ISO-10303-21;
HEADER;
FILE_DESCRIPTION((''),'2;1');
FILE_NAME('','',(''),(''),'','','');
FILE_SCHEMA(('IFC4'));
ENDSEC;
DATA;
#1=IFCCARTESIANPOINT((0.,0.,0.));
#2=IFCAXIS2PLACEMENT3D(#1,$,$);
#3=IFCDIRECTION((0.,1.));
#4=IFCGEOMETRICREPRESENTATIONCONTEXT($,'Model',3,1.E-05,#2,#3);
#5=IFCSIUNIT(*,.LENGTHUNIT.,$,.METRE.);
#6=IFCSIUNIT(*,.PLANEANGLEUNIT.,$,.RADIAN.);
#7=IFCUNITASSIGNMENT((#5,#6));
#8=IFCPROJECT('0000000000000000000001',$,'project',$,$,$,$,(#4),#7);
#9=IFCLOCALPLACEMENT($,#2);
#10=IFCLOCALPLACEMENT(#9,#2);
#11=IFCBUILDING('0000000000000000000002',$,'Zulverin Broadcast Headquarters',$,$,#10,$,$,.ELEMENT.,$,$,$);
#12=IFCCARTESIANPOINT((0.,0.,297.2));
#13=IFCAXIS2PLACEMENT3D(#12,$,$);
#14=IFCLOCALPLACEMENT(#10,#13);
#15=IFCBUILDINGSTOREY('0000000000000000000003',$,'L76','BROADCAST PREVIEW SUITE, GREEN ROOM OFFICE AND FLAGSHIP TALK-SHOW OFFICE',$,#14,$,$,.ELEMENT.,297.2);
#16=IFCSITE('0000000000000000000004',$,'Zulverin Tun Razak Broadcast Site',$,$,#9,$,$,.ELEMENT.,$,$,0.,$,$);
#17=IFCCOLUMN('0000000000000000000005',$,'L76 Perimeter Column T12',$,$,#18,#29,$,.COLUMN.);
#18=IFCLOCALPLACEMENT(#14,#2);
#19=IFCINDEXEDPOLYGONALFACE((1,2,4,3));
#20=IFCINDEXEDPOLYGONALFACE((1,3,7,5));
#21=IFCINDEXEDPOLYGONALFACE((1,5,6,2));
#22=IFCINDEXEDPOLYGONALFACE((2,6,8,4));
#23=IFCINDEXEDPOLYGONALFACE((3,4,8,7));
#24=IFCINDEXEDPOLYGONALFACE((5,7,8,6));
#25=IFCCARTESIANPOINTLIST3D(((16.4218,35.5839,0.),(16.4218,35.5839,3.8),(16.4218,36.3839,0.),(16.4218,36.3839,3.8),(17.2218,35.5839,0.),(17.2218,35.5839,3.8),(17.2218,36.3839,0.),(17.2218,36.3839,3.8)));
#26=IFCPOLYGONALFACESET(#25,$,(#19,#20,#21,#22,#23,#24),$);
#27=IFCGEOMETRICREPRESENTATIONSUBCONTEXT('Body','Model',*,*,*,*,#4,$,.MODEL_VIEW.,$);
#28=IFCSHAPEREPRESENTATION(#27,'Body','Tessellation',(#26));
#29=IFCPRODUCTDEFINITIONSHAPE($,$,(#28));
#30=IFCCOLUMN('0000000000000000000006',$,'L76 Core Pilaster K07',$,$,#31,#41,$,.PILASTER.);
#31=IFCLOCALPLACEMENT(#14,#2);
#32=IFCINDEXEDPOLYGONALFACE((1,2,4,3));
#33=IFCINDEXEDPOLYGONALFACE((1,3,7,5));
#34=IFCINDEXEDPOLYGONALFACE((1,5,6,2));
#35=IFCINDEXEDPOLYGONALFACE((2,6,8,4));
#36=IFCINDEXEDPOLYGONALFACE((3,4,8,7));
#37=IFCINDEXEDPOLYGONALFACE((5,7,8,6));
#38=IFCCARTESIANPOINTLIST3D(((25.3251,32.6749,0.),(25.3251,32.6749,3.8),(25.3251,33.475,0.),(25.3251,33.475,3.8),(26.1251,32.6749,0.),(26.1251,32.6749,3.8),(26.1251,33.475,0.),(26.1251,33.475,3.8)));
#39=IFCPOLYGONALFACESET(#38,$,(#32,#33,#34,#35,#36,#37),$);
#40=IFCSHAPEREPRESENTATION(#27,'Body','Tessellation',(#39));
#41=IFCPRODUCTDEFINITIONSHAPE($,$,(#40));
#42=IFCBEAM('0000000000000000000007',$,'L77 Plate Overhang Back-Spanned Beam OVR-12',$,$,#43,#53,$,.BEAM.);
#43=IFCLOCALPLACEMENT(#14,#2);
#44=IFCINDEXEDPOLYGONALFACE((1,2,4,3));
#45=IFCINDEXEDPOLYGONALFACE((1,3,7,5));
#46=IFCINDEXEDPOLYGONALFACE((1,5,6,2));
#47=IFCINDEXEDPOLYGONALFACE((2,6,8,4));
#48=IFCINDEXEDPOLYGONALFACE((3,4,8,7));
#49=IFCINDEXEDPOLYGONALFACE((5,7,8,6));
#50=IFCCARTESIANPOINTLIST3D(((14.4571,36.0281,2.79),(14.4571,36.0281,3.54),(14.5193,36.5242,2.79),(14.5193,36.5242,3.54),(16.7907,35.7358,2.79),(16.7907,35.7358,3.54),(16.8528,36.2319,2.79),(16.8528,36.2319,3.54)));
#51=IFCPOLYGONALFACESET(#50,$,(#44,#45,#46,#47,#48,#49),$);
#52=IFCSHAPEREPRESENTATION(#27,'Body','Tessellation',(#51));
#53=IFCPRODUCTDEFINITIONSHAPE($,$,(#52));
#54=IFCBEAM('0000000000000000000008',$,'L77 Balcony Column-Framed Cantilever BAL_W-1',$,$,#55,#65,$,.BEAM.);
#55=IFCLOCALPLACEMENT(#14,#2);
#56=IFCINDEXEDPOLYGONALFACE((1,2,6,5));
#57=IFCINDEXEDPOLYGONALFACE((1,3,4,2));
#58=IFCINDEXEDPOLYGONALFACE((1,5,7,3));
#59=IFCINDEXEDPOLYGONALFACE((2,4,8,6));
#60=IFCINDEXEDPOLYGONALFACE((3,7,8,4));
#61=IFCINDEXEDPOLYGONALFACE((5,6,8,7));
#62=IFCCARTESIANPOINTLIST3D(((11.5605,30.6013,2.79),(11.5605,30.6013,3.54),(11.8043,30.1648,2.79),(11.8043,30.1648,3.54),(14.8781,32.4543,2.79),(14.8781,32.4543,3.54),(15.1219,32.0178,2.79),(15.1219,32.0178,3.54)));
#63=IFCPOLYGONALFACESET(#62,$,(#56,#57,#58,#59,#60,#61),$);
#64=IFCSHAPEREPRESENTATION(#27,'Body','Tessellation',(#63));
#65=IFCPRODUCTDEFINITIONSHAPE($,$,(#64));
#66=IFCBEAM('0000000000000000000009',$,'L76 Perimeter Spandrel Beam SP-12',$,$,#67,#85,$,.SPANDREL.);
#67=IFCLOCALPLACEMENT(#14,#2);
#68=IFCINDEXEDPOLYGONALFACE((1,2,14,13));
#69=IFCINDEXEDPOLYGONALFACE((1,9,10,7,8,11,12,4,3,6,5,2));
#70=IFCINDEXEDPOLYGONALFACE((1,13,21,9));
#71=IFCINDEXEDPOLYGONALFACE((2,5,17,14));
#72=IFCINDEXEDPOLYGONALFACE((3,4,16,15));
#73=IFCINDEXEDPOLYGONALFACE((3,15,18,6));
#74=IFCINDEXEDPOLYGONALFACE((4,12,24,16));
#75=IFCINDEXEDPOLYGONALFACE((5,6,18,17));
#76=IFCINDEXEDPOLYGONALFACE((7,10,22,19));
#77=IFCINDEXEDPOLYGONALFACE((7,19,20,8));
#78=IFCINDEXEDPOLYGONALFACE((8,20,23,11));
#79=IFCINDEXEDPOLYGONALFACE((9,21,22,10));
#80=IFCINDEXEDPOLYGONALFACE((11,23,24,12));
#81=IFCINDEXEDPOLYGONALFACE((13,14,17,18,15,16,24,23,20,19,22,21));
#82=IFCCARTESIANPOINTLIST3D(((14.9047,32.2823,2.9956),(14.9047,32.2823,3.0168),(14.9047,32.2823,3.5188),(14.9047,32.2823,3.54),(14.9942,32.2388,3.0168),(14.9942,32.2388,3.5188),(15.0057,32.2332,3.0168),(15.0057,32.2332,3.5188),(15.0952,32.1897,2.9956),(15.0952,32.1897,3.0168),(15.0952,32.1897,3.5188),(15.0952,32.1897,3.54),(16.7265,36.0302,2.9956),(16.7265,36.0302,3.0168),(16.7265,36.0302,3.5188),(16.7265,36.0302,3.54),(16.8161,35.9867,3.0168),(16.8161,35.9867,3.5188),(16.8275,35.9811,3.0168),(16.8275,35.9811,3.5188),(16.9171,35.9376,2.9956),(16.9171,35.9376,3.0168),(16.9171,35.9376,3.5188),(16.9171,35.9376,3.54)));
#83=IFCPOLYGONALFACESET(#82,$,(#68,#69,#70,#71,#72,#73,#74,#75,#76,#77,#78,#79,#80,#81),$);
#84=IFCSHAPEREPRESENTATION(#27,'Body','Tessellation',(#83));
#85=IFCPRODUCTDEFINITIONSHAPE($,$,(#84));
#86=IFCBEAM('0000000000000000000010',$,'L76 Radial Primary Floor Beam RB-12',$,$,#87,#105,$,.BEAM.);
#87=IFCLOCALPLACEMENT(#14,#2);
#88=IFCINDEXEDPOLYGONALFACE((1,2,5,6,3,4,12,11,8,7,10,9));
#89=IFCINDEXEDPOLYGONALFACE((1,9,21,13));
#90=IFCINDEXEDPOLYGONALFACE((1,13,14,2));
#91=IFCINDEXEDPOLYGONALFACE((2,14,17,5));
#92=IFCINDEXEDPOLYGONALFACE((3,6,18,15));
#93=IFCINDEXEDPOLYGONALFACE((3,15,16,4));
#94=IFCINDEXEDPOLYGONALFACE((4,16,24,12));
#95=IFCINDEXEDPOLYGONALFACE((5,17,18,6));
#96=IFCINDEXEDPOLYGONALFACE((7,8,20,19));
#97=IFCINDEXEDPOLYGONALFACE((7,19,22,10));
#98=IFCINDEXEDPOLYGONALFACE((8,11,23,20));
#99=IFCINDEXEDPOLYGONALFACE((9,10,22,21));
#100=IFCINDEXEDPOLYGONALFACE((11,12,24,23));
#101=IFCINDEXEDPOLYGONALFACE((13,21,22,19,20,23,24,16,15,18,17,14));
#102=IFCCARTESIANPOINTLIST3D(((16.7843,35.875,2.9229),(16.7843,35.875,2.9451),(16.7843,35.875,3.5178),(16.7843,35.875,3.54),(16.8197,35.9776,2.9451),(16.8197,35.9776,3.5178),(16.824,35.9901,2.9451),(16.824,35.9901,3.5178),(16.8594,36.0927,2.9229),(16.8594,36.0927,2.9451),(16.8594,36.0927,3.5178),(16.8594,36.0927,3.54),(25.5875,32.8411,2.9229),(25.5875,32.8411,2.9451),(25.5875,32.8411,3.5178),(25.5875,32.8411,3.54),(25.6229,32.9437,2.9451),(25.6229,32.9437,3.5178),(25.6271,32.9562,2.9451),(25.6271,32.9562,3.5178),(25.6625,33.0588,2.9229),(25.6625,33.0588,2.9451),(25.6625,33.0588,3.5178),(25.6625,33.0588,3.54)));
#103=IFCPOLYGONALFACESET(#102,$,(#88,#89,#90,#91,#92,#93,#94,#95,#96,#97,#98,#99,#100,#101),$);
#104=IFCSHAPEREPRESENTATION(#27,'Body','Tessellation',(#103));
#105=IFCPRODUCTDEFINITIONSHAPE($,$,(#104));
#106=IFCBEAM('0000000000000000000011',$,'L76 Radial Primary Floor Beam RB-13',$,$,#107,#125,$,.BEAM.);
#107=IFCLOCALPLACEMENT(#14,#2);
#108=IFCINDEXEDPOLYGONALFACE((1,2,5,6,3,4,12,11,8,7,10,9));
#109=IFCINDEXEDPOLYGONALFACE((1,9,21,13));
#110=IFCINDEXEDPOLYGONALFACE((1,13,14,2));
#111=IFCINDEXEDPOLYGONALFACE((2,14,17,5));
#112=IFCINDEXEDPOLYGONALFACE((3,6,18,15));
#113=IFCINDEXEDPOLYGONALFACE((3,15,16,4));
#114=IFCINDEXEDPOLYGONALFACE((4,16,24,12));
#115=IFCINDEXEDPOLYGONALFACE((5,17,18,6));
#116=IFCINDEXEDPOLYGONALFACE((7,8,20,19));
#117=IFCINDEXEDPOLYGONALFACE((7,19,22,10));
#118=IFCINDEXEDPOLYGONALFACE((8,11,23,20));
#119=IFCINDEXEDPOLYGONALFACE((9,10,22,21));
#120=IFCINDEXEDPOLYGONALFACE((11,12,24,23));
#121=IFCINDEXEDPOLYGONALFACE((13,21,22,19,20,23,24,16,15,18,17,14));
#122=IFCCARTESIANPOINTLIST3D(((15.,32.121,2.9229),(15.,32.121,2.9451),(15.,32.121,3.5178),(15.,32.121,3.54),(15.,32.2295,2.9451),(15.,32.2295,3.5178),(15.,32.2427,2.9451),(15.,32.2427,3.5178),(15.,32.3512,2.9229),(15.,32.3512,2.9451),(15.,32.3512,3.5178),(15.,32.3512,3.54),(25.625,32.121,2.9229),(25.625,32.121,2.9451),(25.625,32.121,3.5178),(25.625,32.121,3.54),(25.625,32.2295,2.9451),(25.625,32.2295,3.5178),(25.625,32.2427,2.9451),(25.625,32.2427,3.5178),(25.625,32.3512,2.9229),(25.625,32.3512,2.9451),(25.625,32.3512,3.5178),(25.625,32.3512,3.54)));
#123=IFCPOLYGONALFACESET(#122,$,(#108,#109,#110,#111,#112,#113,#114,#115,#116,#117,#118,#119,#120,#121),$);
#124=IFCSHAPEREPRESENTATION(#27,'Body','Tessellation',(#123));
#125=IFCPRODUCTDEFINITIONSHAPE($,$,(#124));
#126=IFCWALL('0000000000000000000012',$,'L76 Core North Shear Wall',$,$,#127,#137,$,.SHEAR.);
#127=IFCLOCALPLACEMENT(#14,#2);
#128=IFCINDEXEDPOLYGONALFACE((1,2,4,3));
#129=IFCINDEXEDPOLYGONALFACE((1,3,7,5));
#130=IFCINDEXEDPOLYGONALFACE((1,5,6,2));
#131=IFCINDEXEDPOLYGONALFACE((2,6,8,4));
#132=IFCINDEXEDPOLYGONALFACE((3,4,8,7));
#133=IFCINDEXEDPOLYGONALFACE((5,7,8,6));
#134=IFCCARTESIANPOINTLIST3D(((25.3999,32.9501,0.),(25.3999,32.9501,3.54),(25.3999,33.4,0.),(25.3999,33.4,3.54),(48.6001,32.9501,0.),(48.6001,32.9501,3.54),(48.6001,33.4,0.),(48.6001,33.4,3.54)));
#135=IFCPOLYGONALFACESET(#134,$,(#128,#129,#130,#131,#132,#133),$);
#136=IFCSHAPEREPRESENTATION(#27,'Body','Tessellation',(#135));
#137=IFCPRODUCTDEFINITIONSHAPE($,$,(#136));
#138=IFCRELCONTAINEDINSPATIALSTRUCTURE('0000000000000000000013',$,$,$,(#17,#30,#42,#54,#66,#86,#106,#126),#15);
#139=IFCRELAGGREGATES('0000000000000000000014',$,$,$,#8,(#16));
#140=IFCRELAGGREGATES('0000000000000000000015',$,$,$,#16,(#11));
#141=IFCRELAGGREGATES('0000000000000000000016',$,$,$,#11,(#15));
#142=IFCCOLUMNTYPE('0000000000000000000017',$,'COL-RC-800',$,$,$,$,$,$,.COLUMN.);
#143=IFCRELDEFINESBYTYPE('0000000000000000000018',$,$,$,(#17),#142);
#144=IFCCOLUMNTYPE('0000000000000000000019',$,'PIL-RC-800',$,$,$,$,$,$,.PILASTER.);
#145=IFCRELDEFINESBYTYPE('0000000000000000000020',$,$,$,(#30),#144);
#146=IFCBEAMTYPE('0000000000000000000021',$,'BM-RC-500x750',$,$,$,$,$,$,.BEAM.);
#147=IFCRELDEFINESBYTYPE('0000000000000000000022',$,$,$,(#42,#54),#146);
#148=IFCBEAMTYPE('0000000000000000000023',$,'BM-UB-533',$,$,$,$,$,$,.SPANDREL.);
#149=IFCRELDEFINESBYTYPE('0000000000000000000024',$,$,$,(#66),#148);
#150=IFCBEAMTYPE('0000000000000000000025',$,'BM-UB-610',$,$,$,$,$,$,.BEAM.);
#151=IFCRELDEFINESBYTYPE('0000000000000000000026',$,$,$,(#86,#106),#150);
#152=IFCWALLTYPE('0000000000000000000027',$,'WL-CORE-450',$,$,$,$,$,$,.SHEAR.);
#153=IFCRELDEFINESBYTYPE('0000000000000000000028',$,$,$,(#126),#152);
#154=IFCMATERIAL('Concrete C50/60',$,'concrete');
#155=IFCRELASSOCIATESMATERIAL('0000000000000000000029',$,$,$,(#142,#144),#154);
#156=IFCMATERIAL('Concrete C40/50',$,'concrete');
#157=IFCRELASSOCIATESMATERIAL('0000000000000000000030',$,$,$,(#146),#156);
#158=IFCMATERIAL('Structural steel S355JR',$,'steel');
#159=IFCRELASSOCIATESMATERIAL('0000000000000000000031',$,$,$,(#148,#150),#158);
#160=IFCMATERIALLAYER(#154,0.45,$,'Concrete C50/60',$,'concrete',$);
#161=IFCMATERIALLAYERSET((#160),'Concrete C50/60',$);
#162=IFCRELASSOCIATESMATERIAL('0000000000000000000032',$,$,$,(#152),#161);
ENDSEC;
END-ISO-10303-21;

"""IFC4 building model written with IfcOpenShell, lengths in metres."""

from ifc_helpers import new_model, si_unit, direction, frame, frame_2d, origin, origin_2d, place, context, subcontext, project, spatial, rectangle, i_section, extrude, material, layer, layer_set, material_profile, profile_set, type_object, element, save


model = new_model("IFC4")

# Units and contexts
model_context = context("Model", 3, precision=1e-05, world=origin(), true_north=direction((0.0, 1.0)))
body_context = subcontext(model_context, "Body", "Model", "MODEL_VIEW")
ifc_project = project(units=[si_unit("LENGTHUNIT", "METRE"), si_unit("PLANEANGLEUNIT", "RADIAN")], contexts=[model_context])

# Site, building, storey
site_placement = place(None, origin())
site = spatial("IfcSite", under=ifc_project, at=site_placement, Name="Zulverin Tun Razak Broadcast Site", CompositionType="ELEMENT", RefElevation=0.0)
building_placement = place(site_placement, origin())
building = spatial("IfcBuilding", under=site, at=building_placement, Name="Zulverin Broadcast Headquarters", CompositionType="ELEMENT")
storey_placement = place(building_placement, frame((0.0, 0.0, 297.2)))
storey = spatial("IfcBuildingStorey", under=building, at=storey_placement, Name="L76", Description="BROADCAST PREVIEW SUITE, GREEN ROOM OFFICE AND FLAGSHIP TALK-SHOW OFFICE", CompositionType="ELEMENT", Elevation=297.2)

# Columns
ifc_material_1 = material(Name="Concrete C50/60", Category="concrete")
ifc_material_profile_1 = material_profile(ifc_material_1, rectangle(XDim=0.8, YDim=0.8, at=origin_2d()), Name="Concrete C50/60", Category="concrete")
ifc_profile_set_1 = profile_set([ifc_material_profile_1], Name="Concrete C50/60")
column_type_1 = type_object("IfcColumnType", Name="COL-RC-800", PredefinedType="COLUMN", material=ifc_profile_set_1)
column_1_placement = place(storey_placement, frame((16.8218, 35.9839, 0.0), z_axis=(0.0, 0.0, 1.0), x_axis=(1.0, 0.0, 0.0)))
element("IfcColumn", 1, at=column_1_placement, inside=storey, type_object=column_type_1, Name="L76 Perimeter Column T12", PredefinedType="COLUMN", context=body_context, shape_type="SweptSolid", body=[
    extrude(rectangle(XDim=0.8, YDim=0.8, at=origin_2d()), origin(), (0.0, 0.0, 1.0), 3.8),
])
ifc_material_profile_2 = material_profile(ifc_material_1, rectangle(XDim=0.8, YDim=0.8, at=origin_2d()), Name="Concrete C50/60", Category="concrete")
ifc_profile_set_2 = profile_set([ifc_material_profile_2], Name="Concrete C50/60")
column_type_2 = type_object("IfcColumnType", Name="PIL-RC-800", PredefinedType="PILASTER", material=ifc_profile_set_2)
column_2_placement = place(storey_placement, frame((25.7251, 33.075, 0.0), z_axis=(0.0, 0.0, 1.0), x_axis=(1.0, 0.0, 0.0)))
element("IfcColumn", 2, at=column_2_placement, inside=storey, type_object=column_type_2, Name="L76 Core Pilaster K07", PredefinedType="PILASTER", context=body_context, shape_type="SweptSolid", body=[
    extrude(rectangle(XDim=0.8, YDim=0.8, at=origin_2d()), origin(), (0.0, 0.0, 1.0), 3.8),
])

# Beams
ifc_material_2 = material(Name="Concrete C40/50", Category="concrete")
ifc_material_profile_3 = material_profile(ifc_material_2, rectangle(XDim=0.5, YDim=0.75, at=origin_2d()), Name="Concrete C40/50", Category="concrete")
ifc_profile_set_3 = profile_set([ifc_material_profile_3], Name="Concrete C40/50")
beam_type_1 = type_object("IfcBeamType", Name="BM-RC-500x750", PredefinedType="BEAM", material=ifc_profile_set_3)
beam_1_placement = place(storey_placement, frame((16.8218, 35.9839, 3.165), z_axis=(-0.992249, 0.124265, 0.0), x_axis=(-0.124265, -0.992249, 0.0)))
element("IfcBeam", 3, at=beam_1_placement, inside=storey, type_object=beam_type_1, Name="L77 Plate Overhang Back-Spanned Beam OVR-12", PredefinedType="BEAM", context=body_context, shape_type="SweptSolid", body=[
    extrude(rectangle(XDim=0.5, YDim=0.75, at=origin_2d()), origin(), (0.0, 0.0, 1.0), 2.3518),
])
beam_2_placement = place(storey_placement, frame((15.0, 32.2361, 3.165), z_axis=(-0.873049, -0.487633, 0.0), x_axis=(0.487633, -0.873049, 0.0)))
element("IfcBeam", 4, at=beam_2_placement, inside=storey, type_object=beam_type_1, Name="L77 Balcony Column-Framed Cantilever BAL_W-1", PredefinedType="BEAM", context=body_context, shape_type="SweptSolid", body=[
    extrude(rectangle(XDim=0.5, YDim=0.75, at=origin_2d()), origin(), (0.0, 0.0, 1.0), 3.8),
])
ifc_material_3 = material(Name="Structural steel S355JR", Category="steel")
ifc_material_profile_4 = material_profile(ifc_material_3, i_section(OverallWidth=0.2119, OverallDepth=0.5444, WebThickness=0.0127, FlangeThickness=0.0212, at=origin_2d()), Name="Structural steel S355JR", Category="steel")
ifc_profile_set_4 = profile_set([ifc_material_profile_4], Name="Structural steel S355JR")
beam_type_2 = type_object("IfcBeamType", Name="BM-UB-533", PredefinedType="SPANDREL", material=ifc_profile_set_4)
beam_3_placement = place(storey_placement, frame((16.8218, 35.9839, 3.2678), z_axis=(-0.437179, -0.899375, 0.0), x_axis=(0.899375, -0.437179, 0.0)))
element("IfcBeam", 5, at=beam_3_placement, inside=storey, type_object=beam_type_2, Name="L76 Perimeter Spandrel Beam SP-12", PredefinedType="SPANDREL", context=body_context, shape_type="SweptSolid", body=[
    extrude(i_section(OverallWidth=0.2119, OverallDepth=0.5444, WebThickness=0.0127, FlangeThickness=0.0212, at=origin_2d()), origin(), (0.0, 0.0, 1.0), 4.1672),
])
ifc_material_profile_5 = material_profile(ifc_material_3, i_section(OverallWidth=0.2302, OverallDepth=0.6172, WebThickness=0.0132, FlangeThickness=0.0222, at=origin_2d()), Name="Structural steel S355JR", Category="steel")
ifc_profile_set_5 = profile_set([ifc_material_profile_5], Name="Structural steel S355JR")
beam_type_3 = type_object("IfcBeamType", Name="BM-UB-610", PredefinedType="BEAM", material=ifc_profile_set_5)
beam_4_placement = place(storey_placement, frame((25.625, 32.95, 3.2314), z_axis=(-0.945428, 0.325831, 0.0), x_axis=(-0.325831, -0.945428, 0.0)))
element("IfcBeam", 6, at=beam_4_placement, inside=storey, type_object=beam_type_3, Name="L76 Radial Primary Floor Beam RB-12", PredefinedType="BEAM", context=body_context, shape_type="SweptSolid", body=[
    extrude(i_section(OverallWidth=0.2302, OverallDepth=0.6172, WebThickness=0.0132, FlangeThickness=0.0222, at=origin_2d()), origin(), (0.0, 0.0, 1.0), 9.3113),
])
beam_5_placement = place(storey_placement, frame((25.625, 32.2361, 3.2314), z_axis=(-1.0, 0.0, 0.0), x_axis=(0.0, -1.0, 0.0)))
element("IfcBeam", 7, at=beam_5_placement, inside=storey, type_object=beam_type_3, Name="L76 Radial Primary Floor Beam RB-13", PredefinedType="BEAM", context=body_context, shape_type="SweptSolid", body=[
    extrude(i_section(OverallWidth=0.2302, OverallDepth=0.6172, WebThickness=0.0132, FlangeThickness=0.0222, at=origin_2d()), origin(), (0.0, 0.0, 1.0), 10.625),
])

# Wall
ifc_layer_1 = layer(ifc_material_1, 0.45, Name="Concrete C50/60", Category="concrete")
ifc_layer_set_1 = layer_set([ifc_layer_1], Name="Concrete C50/60")
wall_type_1 = type_object("IfcWallType", Name="WL-CORE-450", PredefinedType="SHEAR", material=ifc_layer_set_1)
wall_1_placement = place(storey_placement, frame((25.3999, 33.175, 0.0), z_axis=(0.0, 0.0, 1.0), x_axis=(1.0, 0.0, 0.0)))
element("IfcWall", 8, at=wall_1_placement, inside=storey, type_object=wall_type_1, Name="L76 Core North Shear Wall", PredefinedType="SHEAR", context=body_context, shape_type="SweptSolid", body=[
    extrude(rectangle(XDim=23.2002, YDim=0.45, at=frame_2d((11.6001, 0.0))), origin(), (0.0, 0.0, 1.0), 3.54),
])

save(model, "model.ifc")
